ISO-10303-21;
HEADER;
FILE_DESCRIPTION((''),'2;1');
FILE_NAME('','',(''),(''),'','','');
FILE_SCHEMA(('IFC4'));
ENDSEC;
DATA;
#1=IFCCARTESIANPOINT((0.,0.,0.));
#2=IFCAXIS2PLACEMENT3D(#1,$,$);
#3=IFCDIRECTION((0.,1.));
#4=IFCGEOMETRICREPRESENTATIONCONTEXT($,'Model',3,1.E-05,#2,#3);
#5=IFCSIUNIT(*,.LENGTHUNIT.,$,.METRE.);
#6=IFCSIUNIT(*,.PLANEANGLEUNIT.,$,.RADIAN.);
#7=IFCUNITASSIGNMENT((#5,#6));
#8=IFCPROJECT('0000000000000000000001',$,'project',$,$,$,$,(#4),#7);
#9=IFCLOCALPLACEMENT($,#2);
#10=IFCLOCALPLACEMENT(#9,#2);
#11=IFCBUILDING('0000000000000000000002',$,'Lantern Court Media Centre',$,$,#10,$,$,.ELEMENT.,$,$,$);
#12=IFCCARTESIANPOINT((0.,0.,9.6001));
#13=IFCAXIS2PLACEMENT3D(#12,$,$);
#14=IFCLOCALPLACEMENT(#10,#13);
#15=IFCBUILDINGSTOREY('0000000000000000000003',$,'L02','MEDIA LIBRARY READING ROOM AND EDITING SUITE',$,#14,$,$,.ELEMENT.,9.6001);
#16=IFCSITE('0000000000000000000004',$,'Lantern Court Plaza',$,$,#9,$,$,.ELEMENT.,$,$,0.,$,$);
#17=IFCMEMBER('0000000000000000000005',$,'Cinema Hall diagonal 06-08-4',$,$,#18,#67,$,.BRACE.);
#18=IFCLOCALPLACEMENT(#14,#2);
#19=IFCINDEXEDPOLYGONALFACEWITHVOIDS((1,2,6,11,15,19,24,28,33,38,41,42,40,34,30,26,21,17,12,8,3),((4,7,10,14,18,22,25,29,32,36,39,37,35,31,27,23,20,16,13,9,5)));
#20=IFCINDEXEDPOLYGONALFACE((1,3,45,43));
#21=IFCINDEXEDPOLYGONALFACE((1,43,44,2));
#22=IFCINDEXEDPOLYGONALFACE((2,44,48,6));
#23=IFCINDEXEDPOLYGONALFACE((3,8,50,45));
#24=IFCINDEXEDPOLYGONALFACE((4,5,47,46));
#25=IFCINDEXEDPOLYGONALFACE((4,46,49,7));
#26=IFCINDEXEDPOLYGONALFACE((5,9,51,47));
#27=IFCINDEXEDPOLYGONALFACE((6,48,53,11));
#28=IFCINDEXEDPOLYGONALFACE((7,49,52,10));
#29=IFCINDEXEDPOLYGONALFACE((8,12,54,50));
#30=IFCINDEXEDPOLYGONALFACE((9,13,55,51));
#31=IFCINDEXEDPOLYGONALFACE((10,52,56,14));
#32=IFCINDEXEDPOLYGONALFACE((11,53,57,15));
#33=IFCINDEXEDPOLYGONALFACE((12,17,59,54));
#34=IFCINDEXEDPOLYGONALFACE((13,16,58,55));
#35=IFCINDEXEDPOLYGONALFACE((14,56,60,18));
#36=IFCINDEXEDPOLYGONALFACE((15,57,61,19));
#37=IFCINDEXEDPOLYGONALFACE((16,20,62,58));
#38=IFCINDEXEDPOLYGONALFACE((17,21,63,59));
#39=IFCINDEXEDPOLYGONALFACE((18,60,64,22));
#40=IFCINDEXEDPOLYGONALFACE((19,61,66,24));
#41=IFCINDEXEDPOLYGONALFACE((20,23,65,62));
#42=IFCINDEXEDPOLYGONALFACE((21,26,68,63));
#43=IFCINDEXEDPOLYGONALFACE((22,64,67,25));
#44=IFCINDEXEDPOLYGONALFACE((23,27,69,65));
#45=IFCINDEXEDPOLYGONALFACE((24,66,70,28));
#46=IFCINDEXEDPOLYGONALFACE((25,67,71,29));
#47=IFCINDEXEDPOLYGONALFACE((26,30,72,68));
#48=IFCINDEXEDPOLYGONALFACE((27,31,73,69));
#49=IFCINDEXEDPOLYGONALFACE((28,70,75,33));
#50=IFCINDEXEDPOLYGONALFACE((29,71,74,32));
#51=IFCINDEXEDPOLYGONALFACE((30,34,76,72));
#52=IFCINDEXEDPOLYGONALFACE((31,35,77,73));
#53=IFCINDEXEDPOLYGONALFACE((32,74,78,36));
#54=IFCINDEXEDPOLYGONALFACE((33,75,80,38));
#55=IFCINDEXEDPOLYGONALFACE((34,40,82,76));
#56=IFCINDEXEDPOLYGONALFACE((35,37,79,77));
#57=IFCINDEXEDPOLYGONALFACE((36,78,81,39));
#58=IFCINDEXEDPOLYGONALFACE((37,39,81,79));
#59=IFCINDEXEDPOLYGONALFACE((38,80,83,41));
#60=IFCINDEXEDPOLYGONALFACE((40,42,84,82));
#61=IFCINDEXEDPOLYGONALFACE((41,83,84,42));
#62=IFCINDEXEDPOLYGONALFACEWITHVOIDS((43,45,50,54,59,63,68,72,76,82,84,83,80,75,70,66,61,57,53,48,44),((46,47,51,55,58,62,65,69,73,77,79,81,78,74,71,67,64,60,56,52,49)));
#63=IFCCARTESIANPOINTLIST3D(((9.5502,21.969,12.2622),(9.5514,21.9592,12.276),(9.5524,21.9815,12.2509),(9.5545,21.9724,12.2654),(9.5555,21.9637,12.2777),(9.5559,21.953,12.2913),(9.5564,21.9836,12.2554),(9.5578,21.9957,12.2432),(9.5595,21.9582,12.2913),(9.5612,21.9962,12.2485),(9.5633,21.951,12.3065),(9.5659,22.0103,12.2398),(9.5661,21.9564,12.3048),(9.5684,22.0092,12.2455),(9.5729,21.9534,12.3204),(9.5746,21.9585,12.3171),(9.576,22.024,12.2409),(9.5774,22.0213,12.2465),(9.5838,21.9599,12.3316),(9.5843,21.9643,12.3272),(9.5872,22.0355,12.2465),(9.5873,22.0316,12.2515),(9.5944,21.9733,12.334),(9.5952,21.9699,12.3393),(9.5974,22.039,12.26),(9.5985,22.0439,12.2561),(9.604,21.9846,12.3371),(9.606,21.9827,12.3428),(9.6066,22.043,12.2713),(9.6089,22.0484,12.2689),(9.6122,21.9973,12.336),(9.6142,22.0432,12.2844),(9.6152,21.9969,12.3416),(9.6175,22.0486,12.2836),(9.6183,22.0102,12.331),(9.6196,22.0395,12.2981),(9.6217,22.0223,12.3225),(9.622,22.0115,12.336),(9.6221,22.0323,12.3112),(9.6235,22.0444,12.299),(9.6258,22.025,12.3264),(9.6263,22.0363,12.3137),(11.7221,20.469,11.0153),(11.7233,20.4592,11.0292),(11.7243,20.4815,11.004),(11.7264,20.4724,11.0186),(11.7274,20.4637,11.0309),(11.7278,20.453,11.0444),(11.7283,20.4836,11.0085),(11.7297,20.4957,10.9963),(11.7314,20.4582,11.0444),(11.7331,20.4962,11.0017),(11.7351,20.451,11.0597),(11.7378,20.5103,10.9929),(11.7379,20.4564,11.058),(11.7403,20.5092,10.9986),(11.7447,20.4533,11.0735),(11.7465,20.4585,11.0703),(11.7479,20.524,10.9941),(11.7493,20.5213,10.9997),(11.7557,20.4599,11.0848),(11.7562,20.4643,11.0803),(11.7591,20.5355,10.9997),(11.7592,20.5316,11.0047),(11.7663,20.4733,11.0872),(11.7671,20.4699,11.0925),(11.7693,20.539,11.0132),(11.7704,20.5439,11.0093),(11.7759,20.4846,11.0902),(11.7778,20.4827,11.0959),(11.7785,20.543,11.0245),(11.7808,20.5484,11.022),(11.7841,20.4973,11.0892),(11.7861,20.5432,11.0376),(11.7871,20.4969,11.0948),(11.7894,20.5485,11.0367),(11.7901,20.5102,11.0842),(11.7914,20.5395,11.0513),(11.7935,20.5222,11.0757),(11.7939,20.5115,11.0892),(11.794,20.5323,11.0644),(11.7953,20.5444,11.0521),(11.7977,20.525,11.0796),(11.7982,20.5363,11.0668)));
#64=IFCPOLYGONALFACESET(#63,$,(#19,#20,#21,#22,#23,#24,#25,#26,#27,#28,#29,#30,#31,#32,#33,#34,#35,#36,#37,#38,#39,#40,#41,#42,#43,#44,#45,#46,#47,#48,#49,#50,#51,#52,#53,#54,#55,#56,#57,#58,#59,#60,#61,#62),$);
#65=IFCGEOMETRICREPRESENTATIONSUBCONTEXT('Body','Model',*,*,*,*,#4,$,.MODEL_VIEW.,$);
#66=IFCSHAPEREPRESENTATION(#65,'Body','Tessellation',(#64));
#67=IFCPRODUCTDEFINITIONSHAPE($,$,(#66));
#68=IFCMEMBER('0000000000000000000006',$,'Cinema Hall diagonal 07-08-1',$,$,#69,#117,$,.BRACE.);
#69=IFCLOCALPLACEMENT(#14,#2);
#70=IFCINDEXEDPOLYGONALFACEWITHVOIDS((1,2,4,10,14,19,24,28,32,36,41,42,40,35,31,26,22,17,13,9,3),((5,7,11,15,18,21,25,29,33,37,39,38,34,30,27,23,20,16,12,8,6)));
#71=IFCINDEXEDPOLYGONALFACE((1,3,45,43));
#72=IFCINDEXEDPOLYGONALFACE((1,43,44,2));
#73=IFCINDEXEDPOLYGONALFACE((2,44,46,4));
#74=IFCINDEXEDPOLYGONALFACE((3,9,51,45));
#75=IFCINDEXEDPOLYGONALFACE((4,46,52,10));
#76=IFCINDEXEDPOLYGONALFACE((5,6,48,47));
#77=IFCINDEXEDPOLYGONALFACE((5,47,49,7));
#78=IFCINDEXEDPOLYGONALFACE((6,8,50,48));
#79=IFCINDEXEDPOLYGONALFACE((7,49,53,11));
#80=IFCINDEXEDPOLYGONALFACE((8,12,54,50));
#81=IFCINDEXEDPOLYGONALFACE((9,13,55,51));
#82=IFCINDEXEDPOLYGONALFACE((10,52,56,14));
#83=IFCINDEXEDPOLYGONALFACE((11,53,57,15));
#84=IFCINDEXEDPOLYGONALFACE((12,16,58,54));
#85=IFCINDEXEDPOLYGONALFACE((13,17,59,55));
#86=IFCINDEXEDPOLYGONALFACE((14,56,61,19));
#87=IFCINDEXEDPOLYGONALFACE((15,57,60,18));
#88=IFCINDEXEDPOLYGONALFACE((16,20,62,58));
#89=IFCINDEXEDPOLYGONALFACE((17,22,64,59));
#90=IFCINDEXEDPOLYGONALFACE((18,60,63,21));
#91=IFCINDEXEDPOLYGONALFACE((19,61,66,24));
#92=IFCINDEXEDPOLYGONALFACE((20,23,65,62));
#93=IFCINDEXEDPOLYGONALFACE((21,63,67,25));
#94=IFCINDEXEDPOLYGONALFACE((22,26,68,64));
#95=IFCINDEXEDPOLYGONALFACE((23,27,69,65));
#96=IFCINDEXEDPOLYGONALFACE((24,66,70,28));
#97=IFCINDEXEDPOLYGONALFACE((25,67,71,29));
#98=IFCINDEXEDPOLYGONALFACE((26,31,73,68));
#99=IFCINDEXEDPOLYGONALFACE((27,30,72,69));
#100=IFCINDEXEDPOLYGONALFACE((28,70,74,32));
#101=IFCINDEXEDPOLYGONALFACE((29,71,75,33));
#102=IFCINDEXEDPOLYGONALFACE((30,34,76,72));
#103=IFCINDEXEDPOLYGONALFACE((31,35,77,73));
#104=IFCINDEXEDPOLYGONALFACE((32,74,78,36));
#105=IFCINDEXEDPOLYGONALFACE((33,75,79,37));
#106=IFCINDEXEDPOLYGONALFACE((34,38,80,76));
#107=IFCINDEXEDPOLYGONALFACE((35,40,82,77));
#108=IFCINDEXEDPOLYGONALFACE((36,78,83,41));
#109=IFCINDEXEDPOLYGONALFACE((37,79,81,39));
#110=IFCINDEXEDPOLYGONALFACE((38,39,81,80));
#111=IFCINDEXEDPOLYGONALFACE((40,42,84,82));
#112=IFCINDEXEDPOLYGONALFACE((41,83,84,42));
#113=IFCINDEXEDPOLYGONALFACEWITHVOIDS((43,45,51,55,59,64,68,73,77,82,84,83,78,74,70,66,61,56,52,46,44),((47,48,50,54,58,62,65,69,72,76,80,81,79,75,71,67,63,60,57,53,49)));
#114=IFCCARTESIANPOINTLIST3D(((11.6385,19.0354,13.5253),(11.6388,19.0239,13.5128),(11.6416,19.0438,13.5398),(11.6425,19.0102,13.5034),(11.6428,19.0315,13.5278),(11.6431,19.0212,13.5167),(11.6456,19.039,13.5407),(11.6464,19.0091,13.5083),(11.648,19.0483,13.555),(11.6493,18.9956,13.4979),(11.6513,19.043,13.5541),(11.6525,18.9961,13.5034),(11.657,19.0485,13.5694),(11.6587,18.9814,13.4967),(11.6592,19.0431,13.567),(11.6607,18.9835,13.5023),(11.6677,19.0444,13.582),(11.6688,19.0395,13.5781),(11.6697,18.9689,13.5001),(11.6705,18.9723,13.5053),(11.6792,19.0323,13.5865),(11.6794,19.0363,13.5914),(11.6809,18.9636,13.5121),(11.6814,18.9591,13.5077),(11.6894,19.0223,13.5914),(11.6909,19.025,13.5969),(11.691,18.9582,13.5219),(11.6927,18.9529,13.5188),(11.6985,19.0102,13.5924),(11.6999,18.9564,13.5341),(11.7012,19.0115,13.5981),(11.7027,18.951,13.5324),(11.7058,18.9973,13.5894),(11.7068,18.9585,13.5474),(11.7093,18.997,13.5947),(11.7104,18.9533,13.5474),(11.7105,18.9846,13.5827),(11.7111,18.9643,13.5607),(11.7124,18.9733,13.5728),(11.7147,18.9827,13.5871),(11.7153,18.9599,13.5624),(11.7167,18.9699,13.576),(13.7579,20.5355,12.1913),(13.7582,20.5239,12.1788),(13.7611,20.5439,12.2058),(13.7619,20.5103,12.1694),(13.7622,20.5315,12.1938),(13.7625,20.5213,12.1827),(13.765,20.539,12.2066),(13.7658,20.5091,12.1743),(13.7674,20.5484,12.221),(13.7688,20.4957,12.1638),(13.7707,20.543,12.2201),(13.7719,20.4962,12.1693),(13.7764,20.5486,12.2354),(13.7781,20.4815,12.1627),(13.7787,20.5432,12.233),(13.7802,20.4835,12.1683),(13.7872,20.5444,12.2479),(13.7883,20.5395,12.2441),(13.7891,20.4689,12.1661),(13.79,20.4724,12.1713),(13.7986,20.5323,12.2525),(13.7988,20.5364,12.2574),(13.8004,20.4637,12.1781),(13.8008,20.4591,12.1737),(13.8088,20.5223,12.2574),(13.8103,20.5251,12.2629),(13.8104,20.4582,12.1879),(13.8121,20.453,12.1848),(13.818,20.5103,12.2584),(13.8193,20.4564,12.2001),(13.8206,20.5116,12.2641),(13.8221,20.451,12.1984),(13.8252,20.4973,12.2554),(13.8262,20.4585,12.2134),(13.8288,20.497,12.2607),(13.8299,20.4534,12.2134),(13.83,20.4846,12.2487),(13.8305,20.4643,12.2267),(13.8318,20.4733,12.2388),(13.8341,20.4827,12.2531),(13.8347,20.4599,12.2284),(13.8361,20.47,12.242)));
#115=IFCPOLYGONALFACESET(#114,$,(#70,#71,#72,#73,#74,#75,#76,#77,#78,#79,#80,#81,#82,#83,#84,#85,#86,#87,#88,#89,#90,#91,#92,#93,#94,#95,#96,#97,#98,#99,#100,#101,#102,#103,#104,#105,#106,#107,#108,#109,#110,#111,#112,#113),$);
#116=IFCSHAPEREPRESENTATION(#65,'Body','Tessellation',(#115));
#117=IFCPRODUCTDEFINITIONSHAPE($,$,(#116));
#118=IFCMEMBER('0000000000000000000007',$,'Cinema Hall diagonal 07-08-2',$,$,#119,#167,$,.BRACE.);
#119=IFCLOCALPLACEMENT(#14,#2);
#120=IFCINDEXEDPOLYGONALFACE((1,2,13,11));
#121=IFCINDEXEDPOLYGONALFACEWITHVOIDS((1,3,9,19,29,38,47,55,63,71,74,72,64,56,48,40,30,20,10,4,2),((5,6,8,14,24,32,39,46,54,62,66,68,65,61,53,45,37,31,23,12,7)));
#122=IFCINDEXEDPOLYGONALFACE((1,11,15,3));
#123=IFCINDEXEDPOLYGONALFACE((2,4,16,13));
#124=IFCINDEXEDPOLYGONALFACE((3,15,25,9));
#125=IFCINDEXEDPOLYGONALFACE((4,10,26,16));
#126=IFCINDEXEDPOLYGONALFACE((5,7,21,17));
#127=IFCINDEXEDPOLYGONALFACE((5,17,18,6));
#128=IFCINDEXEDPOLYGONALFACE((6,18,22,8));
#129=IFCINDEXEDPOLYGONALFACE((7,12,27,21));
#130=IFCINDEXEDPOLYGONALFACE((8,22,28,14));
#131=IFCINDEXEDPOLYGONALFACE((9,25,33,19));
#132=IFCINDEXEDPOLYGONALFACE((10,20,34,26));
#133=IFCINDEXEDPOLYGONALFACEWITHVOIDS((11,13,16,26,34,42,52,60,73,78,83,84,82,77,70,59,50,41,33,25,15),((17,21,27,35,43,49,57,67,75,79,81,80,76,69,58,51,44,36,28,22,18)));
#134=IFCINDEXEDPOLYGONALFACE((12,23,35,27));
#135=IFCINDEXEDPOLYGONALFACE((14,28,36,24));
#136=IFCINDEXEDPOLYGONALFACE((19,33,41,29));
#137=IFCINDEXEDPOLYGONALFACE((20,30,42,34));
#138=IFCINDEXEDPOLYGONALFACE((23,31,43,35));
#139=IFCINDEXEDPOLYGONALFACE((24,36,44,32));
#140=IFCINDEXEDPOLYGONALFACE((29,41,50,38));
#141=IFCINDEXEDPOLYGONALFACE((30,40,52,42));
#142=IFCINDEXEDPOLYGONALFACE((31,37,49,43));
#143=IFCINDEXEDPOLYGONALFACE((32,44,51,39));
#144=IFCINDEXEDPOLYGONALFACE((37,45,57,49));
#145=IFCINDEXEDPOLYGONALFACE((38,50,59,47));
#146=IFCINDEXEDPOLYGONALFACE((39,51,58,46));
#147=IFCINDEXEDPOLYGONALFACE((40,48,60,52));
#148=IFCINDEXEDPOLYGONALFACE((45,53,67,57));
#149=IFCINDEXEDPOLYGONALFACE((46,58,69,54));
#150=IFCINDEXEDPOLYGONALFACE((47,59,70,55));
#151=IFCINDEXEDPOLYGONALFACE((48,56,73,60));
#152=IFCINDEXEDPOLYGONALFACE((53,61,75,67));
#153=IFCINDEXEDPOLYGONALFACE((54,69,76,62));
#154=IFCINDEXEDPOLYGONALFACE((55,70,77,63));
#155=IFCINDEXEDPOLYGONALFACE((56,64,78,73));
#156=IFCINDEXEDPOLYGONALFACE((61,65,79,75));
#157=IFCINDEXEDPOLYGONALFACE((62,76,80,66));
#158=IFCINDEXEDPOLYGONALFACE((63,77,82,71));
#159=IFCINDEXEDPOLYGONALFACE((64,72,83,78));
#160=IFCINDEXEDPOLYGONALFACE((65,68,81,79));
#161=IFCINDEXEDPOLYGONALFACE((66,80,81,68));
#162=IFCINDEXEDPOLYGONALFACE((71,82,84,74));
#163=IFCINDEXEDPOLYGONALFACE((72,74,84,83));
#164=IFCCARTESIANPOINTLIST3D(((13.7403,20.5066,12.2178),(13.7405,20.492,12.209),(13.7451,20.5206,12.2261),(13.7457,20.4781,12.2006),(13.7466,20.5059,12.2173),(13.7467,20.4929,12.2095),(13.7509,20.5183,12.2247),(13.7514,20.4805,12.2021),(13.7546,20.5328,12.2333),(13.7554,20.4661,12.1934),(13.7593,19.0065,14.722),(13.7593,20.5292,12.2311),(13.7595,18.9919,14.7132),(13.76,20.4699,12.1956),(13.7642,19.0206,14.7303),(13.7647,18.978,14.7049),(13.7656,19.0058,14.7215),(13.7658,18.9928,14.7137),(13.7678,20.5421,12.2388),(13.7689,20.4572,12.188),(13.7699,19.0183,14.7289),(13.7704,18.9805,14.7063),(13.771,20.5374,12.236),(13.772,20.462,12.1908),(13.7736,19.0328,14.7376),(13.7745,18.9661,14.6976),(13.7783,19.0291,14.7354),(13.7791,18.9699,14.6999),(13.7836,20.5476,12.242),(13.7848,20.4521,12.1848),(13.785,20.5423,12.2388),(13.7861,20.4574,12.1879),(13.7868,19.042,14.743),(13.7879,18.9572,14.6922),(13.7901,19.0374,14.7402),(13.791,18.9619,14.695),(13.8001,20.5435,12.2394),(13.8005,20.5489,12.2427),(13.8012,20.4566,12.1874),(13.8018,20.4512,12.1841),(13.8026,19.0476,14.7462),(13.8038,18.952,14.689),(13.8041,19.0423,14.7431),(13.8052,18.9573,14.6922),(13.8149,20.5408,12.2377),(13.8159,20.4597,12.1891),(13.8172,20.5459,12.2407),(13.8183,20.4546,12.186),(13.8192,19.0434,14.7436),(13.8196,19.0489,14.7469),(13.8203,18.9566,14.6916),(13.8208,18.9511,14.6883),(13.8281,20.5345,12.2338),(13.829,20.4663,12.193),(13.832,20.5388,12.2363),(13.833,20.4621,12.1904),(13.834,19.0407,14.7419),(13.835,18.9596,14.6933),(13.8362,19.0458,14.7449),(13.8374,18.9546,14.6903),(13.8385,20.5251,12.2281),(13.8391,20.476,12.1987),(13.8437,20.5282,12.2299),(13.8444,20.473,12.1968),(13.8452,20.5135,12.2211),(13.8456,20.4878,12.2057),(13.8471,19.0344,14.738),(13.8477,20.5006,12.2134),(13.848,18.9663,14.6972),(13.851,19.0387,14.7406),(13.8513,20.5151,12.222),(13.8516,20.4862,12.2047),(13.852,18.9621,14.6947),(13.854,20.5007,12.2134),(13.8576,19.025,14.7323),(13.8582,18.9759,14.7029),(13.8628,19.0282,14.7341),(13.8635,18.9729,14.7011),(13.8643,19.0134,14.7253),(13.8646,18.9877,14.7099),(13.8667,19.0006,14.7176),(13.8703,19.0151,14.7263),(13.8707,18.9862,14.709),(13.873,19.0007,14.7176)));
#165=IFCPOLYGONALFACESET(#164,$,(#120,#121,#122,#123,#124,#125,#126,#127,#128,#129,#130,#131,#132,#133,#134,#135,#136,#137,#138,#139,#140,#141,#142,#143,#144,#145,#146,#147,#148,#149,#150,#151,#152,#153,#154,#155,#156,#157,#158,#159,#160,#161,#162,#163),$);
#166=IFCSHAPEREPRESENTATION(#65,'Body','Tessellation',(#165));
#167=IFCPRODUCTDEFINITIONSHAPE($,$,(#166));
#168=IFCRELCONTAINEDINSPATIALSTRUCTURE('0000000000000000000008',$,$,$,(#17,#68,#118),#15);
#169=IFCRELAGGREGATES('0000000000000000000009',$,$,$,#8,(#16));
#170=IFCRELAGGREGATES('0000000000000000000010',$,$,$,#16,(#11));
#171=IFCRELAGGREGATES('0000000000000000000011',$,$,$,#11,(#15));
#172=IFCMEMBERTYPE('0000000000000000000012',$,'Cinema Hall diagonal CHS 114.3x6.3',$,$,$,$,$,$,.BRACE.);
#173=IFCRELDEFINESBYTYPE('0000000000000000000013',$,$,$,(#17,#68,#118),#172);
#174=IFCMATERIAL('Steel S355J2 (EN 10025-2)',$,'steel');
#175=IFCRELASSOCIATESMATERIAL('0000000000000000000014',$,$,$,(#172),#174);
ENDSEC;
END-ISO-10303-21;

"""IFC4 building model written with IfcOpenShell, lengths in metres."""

from ifc_helpers import new_model, si_unit, direction, frame, origin, origin_2d, place, context, subcontext, project, spatial, hollow_circle, extrude, material, material_profile, profile_set, type_object, element, save


model = new_model("IFC4")

# Units and contexts
model_context = context("Model", 3, precision=1e-05, world=origin(), true_north=direction((0.0, 1.0)))
body_context = subcontext(model_context, "Body", "Model", "MODEL_VIEW")
ifc_project = project(units=[si_unit("LENGTHUNIT", "METRE"), si_unit("PLANEANGLEUNIT", "RADIAN")], contexts=[model_context])

# Site, building, storey
site_placement = place(None, origin())
site = spatial("IfcSite", under=ifc_project, at=site_placement, Name="Lantern Court Plaza", CompositionType="ELEMENT", RefElevation=0.0)
building_placement = place(site_placement, origin())
building = spatial("IfcBuilding", under=site, at=building_placement, Name="Lantern Court Media Centre", CompositionType="ELEMENT")
storey_placement = place(building_placement, frame((0.0, 0.0, 9.6001)))
storey = spatial("IfcBuildingStorey", under=building, at=storey_placement, Name="L02", Description="MEDIA LIBRARY READING ROOM AND EDITING SUITE", CompositionType="ELEMENT", Elevation=9.6001)

# Members
ifc_material = material(Name="Steel S355J2 (EN 10025-2)", Category="steel")
ifc_material_profile_1 = material_profile(ifc_material, hollow_circle(Radius=0.0571, WallThickness=0.0063, at=origin_2d()), Name="Cinema Hall diagonal CHS 114.3x6.3")
ifc_profile_set_1 = profile_set([ifc_material_profile_1], Name="Steel S355J2 (EN 10025-2)")
member_type_1 = type_object("IfcMemberType", Name="Cinema Hall diagonal CHS 114.3x6.3", PredefinedType="BRACE", material=ifc_profile_set_1)
for number, where, z_axis, x_axis, name in (
    (1, (11.7603, 20.5, 11.0444), (-0.744002, 0.513843, 0.427115), (-0.568286, -0.822831, 0.0), "Cinema Hall diagonal 06-08-4"),
    (2, (13.7969, 20.5, 12.2134), (-0.726034, -0.513852, 0.45698), (0.577702, -0.816248, 0.0), "Cinema Hall diagonal 07-08-1"),
    (3, (13.7969, 20.5, 12.2134), (0.006524, -0.513857, 0.857851), (0.999919, 0.012694, 0.0), "Cinema Hall diagonal 07-08-2"),
):
    element("IfcMember", number, at=place(storey_placement, frame(where, z_axis=z_axis, x_axis=x_axis)), inside=storey, type_object=member_type_1, Name=name, PredefinedType="BRACE", context=body_context, shape_type="SweptSolid", body=[
        extrude(hollow_circle(Radius=0.0571, WallThickness=0.0063, at=origin_2d()), origin(), (0.0, 0.0, 1.0), 2.9192),
    ])

save(model, "model.ifc")
